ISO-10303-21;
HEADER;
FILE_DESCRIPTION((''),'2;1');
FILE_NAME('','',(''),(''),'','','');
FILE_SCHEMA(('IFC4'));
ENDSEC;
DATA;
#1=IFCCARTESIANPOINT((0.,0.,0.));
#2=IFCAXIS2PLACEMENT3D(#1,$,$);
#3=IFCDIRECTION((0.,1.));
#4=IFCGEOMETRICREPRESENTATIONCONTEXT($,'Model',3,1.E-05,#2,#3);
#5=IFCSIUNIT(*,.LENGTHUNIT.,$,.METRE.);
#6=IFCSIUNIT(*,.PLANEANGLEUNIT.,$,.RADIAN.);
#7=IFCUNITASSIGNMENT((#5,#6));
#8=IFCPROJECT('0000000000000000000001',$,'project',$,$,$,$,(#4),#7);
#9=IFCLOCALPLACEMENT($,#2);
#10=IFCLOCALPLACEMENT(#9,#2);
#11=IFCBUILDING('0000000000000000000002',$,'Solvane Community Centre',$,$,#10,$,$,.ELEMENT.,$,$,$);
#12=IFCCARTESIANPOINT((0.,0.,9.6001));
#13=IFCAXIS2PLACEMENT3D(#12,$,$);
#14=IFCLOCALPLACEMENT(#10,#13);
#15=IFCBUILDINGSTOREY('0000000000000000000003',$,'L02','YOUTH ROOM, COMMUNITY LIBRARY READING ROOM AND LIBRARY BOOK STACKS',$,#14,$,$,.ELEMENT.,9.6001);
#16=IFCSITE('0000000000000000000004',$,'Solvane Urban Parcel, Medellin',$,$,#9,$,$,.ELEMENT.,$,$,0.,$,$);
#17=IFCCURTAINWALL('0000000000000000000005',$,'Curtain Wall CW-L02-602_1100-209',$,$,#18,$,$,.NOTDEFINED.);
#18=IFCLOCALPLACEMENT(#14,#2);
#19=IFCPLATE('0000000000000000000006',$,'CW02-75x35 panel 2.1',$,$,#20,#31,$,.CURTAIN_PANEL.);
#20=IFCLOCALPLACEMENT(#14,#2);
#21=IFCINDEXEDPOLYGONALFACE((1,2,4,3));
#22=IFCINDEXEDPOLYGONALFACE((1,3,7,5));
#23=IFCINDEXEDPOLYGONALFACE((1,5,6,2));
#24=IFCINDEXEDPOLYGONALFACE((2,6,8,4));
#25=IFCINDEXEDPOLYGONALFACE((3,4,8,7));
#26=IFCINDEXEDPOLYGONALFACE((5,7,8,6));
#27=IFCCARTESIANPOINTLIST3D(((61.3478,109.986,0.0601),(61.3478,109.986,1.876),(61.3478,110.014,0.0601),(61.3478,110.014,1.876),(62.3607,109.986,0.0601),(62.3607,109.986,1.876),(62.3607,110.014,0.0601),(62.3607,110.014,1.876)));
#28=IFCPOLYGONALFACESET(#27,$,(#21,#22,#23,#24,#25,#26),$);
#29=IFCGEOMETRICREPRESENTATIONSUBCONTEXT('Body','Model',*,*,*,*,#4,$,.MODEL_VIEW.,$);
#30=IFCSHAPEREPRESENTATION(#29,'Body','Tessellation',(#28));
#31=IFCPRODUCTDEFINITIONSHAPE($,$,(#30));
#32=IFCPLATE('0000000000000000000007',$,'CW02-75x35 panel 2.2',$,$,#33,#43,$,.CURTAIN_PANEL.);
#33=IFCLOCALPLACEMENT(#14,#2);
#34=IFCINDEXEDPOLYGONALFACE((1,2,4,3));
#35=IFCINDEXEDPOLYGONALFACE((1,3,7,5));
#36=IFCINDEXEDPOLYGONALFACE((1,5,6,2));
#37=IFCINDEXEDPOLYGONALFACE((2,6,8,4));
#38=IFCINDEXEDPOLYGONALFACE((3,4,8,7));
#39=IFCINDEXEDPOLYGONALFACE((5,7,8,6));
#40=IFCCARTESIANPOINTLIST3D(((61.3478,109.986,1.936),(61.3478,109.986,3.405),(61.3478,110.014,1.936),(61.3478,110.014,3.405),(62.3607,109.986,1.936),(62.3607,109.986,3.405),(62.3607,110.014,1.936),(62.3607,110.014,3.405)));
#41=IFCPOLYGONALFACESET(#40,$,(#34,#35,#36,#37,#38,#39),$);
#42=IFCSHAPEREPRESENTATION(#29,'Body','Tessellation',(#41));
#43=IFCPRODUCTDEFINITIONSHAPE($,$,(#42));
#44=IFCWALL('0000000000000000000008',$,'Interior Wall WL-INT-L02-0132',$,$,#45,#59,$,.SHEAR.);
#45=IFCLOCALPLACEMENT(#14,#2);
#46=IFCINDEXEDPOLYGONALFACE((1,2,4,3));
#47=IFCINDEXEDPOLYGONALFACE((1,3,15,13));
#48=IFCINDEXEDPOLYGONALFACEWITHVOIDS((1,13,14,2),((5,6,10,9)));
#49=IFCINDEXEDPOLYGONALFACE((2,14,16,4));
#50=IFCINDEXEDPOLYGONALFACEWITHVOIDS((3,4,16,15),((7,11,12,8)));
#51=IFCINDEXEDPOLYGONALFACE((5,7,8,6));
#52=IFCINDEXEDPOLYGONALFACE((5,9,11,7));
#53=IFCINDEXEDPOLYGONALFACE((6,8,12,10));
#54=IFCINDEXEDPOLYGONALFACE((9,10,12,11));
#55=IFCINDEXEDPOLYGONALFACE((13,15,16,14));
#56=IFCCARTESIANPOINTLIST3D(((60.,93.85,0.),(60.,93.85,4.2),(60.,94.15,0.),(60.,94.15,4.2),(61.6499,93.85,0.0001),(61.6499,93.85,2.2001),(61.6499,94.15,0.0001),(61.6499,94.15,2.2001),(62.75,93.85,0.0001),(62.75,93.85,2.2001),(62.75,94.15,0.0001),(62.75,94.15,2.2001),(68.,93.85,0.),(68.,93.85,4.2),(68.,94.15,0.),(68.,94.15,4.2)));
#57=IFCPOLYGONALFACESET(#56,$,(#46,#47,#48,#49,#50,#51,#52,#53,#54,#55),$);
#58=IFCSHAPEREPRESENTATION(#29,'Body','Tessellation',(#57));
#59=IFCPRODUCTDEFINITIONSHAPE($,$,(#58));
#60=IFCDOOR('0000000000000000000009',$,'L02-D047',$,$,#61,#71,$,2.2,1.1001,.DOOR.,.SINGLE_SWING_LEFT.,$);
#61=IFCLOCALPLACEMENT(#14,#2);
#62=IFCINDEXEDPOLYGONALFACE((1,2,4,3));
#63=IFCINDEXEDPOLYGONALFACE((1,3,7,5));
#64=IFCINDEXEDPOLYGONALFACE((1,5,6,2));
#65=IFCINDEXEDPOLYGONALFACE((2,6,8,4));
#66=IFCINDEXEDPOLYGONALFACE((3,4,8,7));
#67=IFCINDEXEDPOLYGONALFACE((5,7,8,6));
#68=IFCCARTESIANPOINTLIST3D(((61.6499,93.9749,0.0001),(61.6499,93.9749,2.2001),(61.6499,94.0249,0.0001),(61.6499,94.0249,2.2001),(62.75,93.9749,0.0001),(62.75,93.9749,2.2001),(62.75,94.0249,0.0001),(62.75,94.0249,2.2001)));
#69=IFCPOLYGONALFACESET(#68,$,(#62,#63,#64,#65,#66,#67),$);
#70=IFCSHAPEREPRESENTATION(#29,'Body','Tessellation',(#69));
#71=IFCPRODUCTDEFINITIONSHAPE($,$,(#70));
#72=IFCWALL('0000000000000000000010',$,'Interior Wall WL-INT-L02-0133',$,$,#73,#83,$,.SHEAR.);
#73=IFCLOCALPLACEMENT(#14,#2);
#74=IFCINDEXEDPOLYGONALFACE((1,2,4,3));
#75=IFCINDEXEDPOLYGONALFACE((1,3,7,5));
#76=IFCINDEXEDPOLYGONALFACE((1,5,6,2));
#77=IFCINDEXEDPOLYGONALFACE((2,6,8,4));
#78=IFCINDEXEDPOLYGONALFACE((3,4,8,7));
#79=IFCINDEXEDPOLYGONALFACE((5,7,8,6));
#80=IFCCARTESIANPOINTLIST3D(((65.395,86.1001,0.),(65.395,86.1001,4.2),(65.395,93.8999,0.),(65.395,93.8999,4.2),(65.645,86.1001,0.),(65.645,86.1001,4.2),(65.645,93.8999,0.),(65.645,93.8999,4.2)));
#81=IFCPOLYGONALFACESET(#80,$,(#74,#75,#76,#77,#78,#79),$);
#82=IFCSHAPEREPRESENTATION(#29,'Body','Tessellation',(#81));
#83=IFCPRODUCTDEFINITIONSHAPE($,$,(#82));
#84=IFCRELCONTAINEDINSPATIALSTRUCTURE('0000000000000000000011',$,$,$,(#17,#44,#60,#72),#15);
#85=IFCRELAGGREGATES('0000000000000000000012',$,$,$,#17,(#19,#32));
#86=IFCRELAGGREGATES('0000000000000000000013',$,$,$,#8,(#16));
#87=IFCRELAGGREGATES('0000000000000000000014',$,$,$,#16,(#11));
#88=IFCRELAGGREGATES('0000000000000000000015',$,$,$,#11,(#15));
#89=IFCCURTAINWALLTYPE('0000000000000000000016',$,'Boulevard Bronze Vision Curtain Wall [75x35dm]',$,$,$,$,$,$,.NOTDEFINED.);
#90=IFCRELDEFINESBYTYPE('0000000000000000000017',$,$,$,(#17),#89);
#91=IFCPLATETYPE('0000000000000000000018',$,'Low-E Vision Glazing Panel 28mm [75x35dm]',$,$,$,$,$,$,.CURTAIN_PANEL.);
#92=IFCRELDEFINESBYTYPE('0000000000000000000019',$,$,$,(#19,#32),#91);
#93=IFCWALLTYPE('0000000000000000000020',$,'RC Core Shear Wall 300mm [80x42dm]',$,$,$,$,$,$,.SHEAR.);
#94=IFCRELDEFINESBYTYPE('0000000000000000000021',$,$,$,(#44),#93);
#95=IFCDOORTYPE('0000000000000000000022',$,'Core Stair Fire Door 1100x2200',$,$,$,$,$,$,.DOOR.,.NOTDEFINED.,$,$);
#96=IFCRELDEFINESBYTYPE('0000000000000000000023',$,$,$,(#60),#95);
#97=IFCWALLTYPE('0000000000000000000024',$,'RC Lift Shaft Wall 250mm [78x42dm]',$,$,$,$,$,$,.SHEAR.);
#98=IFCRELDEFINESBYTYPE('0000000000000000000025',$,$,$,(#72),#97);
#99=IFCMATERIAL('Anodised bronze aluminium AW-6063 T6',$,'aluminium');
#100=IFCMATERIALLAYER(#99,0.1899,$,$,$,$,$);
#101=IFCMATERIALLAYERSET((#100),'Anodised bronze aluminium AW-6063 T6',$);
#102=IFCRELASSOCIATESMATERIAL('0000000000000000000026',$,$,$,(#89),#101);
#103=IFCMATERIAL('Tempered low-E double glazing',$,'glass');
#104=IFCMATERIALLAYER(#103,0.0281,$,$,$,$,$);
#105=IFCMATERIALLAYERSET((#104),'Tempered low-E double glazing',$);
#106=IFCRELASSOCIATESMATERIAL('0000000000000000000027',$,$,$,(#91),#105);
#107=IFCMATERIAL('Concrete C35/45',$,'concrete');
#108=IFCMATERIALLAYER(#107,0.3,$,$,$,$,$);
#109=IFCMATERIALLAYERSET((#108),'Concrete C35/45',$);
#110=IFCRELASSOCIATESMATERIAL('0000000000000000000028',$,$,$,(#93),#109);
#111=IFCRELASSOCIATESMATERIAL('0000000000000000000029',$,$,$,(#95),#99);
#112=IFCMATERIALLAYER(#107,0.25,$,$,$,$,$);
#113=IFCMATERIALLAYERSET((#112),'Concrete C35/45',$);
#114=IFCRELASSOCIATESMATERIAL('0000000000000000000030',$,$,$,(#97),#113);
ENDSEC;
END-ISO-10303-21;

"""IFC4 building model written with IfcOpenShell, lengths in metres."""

from ifc_helpers import new_model, si_unit, direction, frame, frame_2d, origin, origin_2d, place, context, subcontext, project, spatial, rectangle, extrude, material, layer, layer_set, type_object, element, fill, aggregate, save


model = new_model("IFC4")

# Units and contexts
model_context = context("Model", 3, precision=1e-05, world=origin(), true_north=direction((0.0, 1.0)))
body_context = subcontext(model_context, "Body", "Model", "MODEL_VIEW")
ifc_project = project(units=[si_unit("LENGTHUNIT", "METRE"), si_unit("PLANEANGLEUNIT", "RADIAN")], contexts=[model_context])

# Site, building, storey
site_placement = place(None, origin())
site = spatial("IfcSite", under=ifc_project, at=site_placement, Name="Solvane Urban Parcel, Medellin", CompositionType="ELEMENT", RefElevation=0.0)
building_placement = place(site_placement, origin())
building = spatial("IfcBuilding", under=site, at=building_placement, Name="Solvane Community Centre", CompositionType="ELEMENT")
storey_placement = place(building_placement, frame((0.0, 0.0, 9.6001)))
storey = spatial("IfcBuildingStorey", under=building, at=storey_placement, Name="L02", Description="YOUTH ROOM, COMMUNITY LIBRARY READING ROOM AND LIBRARY BOOK STACKS", CompositionType="ELEMENT", Elevation=9.6001)

# Curtain wall
ifc_material_1 = material(Name="Anodised bronze aluminium AW-6063 T6", Category="aluminium")
ifc_layer_1 = layer(ifc_material_1, 0.1899)
ifc_layer_set_1 = layer_set([ifc_layer_1], Name="Anodised bronze aluminium AW-6063 T6")
curtain_wall_type = type_object("IfcCurtainWallType", Name="Boulevard Bronze Vision Curtain Wall [75x35dm]", PredefinedType="NOTDEFINED", material=ifc_layer_set_1)
curtain_wall_placement = place(storey_placement, origin())
curtain_wall = element("IfcCurtainWall", 1, at=curtain_wall_placement, inside=storey, type_object=curtain_wall_type, Name="Curtain Wall CW-L02-602_1100-209", PredefinedType="NOTDEFINED")

# Shared definitions
ifc_material_2 = material(Name="Concrete C35/45", Category="concrete")

# Plates
ifc_material_3 = material(Name="Tempered low-E double glazing", Category="glass")
ifc_layer_2 = layer(ifc_material_3, 0.0281)
ifc_layer_set_2 = layer_set([ifc_layer_2], Name="Tempered low-E double glazing")
plate_type = type_object("IfcPlateType", Name="Low-E Vision Glazing Panel 28mm [75x35dm]", PredefinedType="CURTAIN_PANEL", material=ifc_layer_set_2)
plate_1_placement = place(storey_placement, frame((61.8542, 110.0, 0.0601), z_axis=(0.0, 0.0, 1.0), x_axis=(1.0, 0.0, 0.0)))
plate_1 = element("IfcPlate", 2, at=plate_1_placement, type_object=plate_type, Name="CW02-75x35 panel 2.1", PredefinedType="CURTAIN_PANEL", context=body_context, shape_type="SweptSolid", body=[
    extrude(rectangle(XDim=1.0129, YDim=0.0281, at=origin_2d()), origin(), (0.0, 0.0, 1.0), 1.8159),
])
plate_2_placement = place(storey_placement, frame((61.8542, 110.0, 1.936), z_axis=(0.0, 0.0, 1.0), x_axis=(1.0, 0.0, 0.0)))
plate_2 = element("IfcPlate", 3, at=plate_2_placement, type_object=plate_type, Name="CW02-75x35 panel 2.2", PredefinedType="CURTAIN_PANEL", context=body_context, shape_type="SweptSolid", body=[
    extrude(rectangle(XDim=1.0129, YDim=0.0281, at=origin_2d()), origin(), (0.0, 0.0, 1.0), 1.469),
])
aggregate(curtain_wall, [plate_1, plate_2])

# Wall, opening, door
ifc_layer_3 = layer(ifc_material_2, 0.3)
ifc_layer_set_3 = layer_set([ifc_layer_3], Name="Concrete C35/45")
wall_type_1 = type_object("IfcWallType", Name="RC Core Shear Wall 300mm [80x42dm]", PredefinedType="SHEAR", material=ifc_layer_set_3)
wall_1_placement = place(storey_placement, frame((60.0, 94.0, 0.0), z_axis=(0.0, 0.0, 1.0), x_axis=(1.0, 0.0, 0.0)))
wall_1 = element("IfcWall", 4, at=wall_1_placement, inside=storey, type_object=wall_type_1, Name="Interior Wall WL-INT-L02-0132", PredefinedType="SHEAR", context=body_context, shape_type="SweptSolid", body=[
    extrude(rectangle(XDim=8.0, YDim=0.3, at=frame_2d((4.0, 0.0))), origin(), (0.0, 0.0, 1.0), 4.2),
])
opening_placement = place(wall_1_placement, frame((1.6499, 0.0, 0.0)))
opening = element("IfcOpeningElement", 5, at=opening_placement, cuts=wall_1, PredefinedType="OPENING", context=body_context, shape_type="SweptSolid", body=[
    extrude(rectangle(XDim=1.1001, YDim=2.2, at=frame_2d((0.55, 1.1001))), frame((0.0, 0.1599, 0.0), z_axis=(0.0, -1.0, 0.0), x_axis=(1.0, 0.0, 0.0)), (0.0, 0.0, 1.0), 0.3201),
])
door_type = type_object("IfcDoorType", Name="Core Stair Fire Door 1100x2200", OperationType="NOTDEFINED", PredefinedType="DOOR", material=ifc_material_1)
door_placement = place(opening_placement, origin())
door = element("IfcDoor", 6, at=door_placement, inside=storey, type_object=door_type, Name="L02-D047", OperationType="SINGLE_SWING_LEFT", OverallHeight=2.2, OverallWidth=1.1001, PredefinedType="DOOR", context=body_context, shape_type="SweptSolid", body=[
    extrude(rectangle(XDim=1.1001, YDim=2.2, at=frame_2d((0.55, 1.1001))), frame((0.0, 0.0249, 0.0), z_axis=(0.0, -1.0, 0.0), x_axis=(1.0, 0.0, 0.0)), (0.0, 0.0, 1.0), 0.05),
])
fill(opening, door)

# Wall
ifc_layer_4 = layer(ifc_material_2, 0.25)
ifc_layer_set_4 = layer_set([ifc_layer_4], Name="Concrete C35/45")
wall_type_2 = type_object("IfcWallType", Name="RC Lift Shaft Wall 250mm [78x42dm]", PredefinedType="SHEAR", material=ifc_layer_set_4)
wall_2_placement = place(storey_placement, frame((65.52, 86.1001, 0.0), z_axis=(0.0, 0.0, 1.0), x_axis=(0.0, 1.0, 0.0)))
element("IfcWall", 7, at=wall_2_placement, inside=storey, type_object=wall_type_2, Name="Interior Wall WL-INT-L02-0133", PredefinedType="SHEAR", context=body_context, shape_type="SweptSolid", body=[
    extrude(rectangle(XDim=7.7998, YDim=0.25, at=frame_2d((3.8999, 0.0))), origin(), (0.0, 0.0, 1.0), 4.2),
])

save(model, "model.ifc")
